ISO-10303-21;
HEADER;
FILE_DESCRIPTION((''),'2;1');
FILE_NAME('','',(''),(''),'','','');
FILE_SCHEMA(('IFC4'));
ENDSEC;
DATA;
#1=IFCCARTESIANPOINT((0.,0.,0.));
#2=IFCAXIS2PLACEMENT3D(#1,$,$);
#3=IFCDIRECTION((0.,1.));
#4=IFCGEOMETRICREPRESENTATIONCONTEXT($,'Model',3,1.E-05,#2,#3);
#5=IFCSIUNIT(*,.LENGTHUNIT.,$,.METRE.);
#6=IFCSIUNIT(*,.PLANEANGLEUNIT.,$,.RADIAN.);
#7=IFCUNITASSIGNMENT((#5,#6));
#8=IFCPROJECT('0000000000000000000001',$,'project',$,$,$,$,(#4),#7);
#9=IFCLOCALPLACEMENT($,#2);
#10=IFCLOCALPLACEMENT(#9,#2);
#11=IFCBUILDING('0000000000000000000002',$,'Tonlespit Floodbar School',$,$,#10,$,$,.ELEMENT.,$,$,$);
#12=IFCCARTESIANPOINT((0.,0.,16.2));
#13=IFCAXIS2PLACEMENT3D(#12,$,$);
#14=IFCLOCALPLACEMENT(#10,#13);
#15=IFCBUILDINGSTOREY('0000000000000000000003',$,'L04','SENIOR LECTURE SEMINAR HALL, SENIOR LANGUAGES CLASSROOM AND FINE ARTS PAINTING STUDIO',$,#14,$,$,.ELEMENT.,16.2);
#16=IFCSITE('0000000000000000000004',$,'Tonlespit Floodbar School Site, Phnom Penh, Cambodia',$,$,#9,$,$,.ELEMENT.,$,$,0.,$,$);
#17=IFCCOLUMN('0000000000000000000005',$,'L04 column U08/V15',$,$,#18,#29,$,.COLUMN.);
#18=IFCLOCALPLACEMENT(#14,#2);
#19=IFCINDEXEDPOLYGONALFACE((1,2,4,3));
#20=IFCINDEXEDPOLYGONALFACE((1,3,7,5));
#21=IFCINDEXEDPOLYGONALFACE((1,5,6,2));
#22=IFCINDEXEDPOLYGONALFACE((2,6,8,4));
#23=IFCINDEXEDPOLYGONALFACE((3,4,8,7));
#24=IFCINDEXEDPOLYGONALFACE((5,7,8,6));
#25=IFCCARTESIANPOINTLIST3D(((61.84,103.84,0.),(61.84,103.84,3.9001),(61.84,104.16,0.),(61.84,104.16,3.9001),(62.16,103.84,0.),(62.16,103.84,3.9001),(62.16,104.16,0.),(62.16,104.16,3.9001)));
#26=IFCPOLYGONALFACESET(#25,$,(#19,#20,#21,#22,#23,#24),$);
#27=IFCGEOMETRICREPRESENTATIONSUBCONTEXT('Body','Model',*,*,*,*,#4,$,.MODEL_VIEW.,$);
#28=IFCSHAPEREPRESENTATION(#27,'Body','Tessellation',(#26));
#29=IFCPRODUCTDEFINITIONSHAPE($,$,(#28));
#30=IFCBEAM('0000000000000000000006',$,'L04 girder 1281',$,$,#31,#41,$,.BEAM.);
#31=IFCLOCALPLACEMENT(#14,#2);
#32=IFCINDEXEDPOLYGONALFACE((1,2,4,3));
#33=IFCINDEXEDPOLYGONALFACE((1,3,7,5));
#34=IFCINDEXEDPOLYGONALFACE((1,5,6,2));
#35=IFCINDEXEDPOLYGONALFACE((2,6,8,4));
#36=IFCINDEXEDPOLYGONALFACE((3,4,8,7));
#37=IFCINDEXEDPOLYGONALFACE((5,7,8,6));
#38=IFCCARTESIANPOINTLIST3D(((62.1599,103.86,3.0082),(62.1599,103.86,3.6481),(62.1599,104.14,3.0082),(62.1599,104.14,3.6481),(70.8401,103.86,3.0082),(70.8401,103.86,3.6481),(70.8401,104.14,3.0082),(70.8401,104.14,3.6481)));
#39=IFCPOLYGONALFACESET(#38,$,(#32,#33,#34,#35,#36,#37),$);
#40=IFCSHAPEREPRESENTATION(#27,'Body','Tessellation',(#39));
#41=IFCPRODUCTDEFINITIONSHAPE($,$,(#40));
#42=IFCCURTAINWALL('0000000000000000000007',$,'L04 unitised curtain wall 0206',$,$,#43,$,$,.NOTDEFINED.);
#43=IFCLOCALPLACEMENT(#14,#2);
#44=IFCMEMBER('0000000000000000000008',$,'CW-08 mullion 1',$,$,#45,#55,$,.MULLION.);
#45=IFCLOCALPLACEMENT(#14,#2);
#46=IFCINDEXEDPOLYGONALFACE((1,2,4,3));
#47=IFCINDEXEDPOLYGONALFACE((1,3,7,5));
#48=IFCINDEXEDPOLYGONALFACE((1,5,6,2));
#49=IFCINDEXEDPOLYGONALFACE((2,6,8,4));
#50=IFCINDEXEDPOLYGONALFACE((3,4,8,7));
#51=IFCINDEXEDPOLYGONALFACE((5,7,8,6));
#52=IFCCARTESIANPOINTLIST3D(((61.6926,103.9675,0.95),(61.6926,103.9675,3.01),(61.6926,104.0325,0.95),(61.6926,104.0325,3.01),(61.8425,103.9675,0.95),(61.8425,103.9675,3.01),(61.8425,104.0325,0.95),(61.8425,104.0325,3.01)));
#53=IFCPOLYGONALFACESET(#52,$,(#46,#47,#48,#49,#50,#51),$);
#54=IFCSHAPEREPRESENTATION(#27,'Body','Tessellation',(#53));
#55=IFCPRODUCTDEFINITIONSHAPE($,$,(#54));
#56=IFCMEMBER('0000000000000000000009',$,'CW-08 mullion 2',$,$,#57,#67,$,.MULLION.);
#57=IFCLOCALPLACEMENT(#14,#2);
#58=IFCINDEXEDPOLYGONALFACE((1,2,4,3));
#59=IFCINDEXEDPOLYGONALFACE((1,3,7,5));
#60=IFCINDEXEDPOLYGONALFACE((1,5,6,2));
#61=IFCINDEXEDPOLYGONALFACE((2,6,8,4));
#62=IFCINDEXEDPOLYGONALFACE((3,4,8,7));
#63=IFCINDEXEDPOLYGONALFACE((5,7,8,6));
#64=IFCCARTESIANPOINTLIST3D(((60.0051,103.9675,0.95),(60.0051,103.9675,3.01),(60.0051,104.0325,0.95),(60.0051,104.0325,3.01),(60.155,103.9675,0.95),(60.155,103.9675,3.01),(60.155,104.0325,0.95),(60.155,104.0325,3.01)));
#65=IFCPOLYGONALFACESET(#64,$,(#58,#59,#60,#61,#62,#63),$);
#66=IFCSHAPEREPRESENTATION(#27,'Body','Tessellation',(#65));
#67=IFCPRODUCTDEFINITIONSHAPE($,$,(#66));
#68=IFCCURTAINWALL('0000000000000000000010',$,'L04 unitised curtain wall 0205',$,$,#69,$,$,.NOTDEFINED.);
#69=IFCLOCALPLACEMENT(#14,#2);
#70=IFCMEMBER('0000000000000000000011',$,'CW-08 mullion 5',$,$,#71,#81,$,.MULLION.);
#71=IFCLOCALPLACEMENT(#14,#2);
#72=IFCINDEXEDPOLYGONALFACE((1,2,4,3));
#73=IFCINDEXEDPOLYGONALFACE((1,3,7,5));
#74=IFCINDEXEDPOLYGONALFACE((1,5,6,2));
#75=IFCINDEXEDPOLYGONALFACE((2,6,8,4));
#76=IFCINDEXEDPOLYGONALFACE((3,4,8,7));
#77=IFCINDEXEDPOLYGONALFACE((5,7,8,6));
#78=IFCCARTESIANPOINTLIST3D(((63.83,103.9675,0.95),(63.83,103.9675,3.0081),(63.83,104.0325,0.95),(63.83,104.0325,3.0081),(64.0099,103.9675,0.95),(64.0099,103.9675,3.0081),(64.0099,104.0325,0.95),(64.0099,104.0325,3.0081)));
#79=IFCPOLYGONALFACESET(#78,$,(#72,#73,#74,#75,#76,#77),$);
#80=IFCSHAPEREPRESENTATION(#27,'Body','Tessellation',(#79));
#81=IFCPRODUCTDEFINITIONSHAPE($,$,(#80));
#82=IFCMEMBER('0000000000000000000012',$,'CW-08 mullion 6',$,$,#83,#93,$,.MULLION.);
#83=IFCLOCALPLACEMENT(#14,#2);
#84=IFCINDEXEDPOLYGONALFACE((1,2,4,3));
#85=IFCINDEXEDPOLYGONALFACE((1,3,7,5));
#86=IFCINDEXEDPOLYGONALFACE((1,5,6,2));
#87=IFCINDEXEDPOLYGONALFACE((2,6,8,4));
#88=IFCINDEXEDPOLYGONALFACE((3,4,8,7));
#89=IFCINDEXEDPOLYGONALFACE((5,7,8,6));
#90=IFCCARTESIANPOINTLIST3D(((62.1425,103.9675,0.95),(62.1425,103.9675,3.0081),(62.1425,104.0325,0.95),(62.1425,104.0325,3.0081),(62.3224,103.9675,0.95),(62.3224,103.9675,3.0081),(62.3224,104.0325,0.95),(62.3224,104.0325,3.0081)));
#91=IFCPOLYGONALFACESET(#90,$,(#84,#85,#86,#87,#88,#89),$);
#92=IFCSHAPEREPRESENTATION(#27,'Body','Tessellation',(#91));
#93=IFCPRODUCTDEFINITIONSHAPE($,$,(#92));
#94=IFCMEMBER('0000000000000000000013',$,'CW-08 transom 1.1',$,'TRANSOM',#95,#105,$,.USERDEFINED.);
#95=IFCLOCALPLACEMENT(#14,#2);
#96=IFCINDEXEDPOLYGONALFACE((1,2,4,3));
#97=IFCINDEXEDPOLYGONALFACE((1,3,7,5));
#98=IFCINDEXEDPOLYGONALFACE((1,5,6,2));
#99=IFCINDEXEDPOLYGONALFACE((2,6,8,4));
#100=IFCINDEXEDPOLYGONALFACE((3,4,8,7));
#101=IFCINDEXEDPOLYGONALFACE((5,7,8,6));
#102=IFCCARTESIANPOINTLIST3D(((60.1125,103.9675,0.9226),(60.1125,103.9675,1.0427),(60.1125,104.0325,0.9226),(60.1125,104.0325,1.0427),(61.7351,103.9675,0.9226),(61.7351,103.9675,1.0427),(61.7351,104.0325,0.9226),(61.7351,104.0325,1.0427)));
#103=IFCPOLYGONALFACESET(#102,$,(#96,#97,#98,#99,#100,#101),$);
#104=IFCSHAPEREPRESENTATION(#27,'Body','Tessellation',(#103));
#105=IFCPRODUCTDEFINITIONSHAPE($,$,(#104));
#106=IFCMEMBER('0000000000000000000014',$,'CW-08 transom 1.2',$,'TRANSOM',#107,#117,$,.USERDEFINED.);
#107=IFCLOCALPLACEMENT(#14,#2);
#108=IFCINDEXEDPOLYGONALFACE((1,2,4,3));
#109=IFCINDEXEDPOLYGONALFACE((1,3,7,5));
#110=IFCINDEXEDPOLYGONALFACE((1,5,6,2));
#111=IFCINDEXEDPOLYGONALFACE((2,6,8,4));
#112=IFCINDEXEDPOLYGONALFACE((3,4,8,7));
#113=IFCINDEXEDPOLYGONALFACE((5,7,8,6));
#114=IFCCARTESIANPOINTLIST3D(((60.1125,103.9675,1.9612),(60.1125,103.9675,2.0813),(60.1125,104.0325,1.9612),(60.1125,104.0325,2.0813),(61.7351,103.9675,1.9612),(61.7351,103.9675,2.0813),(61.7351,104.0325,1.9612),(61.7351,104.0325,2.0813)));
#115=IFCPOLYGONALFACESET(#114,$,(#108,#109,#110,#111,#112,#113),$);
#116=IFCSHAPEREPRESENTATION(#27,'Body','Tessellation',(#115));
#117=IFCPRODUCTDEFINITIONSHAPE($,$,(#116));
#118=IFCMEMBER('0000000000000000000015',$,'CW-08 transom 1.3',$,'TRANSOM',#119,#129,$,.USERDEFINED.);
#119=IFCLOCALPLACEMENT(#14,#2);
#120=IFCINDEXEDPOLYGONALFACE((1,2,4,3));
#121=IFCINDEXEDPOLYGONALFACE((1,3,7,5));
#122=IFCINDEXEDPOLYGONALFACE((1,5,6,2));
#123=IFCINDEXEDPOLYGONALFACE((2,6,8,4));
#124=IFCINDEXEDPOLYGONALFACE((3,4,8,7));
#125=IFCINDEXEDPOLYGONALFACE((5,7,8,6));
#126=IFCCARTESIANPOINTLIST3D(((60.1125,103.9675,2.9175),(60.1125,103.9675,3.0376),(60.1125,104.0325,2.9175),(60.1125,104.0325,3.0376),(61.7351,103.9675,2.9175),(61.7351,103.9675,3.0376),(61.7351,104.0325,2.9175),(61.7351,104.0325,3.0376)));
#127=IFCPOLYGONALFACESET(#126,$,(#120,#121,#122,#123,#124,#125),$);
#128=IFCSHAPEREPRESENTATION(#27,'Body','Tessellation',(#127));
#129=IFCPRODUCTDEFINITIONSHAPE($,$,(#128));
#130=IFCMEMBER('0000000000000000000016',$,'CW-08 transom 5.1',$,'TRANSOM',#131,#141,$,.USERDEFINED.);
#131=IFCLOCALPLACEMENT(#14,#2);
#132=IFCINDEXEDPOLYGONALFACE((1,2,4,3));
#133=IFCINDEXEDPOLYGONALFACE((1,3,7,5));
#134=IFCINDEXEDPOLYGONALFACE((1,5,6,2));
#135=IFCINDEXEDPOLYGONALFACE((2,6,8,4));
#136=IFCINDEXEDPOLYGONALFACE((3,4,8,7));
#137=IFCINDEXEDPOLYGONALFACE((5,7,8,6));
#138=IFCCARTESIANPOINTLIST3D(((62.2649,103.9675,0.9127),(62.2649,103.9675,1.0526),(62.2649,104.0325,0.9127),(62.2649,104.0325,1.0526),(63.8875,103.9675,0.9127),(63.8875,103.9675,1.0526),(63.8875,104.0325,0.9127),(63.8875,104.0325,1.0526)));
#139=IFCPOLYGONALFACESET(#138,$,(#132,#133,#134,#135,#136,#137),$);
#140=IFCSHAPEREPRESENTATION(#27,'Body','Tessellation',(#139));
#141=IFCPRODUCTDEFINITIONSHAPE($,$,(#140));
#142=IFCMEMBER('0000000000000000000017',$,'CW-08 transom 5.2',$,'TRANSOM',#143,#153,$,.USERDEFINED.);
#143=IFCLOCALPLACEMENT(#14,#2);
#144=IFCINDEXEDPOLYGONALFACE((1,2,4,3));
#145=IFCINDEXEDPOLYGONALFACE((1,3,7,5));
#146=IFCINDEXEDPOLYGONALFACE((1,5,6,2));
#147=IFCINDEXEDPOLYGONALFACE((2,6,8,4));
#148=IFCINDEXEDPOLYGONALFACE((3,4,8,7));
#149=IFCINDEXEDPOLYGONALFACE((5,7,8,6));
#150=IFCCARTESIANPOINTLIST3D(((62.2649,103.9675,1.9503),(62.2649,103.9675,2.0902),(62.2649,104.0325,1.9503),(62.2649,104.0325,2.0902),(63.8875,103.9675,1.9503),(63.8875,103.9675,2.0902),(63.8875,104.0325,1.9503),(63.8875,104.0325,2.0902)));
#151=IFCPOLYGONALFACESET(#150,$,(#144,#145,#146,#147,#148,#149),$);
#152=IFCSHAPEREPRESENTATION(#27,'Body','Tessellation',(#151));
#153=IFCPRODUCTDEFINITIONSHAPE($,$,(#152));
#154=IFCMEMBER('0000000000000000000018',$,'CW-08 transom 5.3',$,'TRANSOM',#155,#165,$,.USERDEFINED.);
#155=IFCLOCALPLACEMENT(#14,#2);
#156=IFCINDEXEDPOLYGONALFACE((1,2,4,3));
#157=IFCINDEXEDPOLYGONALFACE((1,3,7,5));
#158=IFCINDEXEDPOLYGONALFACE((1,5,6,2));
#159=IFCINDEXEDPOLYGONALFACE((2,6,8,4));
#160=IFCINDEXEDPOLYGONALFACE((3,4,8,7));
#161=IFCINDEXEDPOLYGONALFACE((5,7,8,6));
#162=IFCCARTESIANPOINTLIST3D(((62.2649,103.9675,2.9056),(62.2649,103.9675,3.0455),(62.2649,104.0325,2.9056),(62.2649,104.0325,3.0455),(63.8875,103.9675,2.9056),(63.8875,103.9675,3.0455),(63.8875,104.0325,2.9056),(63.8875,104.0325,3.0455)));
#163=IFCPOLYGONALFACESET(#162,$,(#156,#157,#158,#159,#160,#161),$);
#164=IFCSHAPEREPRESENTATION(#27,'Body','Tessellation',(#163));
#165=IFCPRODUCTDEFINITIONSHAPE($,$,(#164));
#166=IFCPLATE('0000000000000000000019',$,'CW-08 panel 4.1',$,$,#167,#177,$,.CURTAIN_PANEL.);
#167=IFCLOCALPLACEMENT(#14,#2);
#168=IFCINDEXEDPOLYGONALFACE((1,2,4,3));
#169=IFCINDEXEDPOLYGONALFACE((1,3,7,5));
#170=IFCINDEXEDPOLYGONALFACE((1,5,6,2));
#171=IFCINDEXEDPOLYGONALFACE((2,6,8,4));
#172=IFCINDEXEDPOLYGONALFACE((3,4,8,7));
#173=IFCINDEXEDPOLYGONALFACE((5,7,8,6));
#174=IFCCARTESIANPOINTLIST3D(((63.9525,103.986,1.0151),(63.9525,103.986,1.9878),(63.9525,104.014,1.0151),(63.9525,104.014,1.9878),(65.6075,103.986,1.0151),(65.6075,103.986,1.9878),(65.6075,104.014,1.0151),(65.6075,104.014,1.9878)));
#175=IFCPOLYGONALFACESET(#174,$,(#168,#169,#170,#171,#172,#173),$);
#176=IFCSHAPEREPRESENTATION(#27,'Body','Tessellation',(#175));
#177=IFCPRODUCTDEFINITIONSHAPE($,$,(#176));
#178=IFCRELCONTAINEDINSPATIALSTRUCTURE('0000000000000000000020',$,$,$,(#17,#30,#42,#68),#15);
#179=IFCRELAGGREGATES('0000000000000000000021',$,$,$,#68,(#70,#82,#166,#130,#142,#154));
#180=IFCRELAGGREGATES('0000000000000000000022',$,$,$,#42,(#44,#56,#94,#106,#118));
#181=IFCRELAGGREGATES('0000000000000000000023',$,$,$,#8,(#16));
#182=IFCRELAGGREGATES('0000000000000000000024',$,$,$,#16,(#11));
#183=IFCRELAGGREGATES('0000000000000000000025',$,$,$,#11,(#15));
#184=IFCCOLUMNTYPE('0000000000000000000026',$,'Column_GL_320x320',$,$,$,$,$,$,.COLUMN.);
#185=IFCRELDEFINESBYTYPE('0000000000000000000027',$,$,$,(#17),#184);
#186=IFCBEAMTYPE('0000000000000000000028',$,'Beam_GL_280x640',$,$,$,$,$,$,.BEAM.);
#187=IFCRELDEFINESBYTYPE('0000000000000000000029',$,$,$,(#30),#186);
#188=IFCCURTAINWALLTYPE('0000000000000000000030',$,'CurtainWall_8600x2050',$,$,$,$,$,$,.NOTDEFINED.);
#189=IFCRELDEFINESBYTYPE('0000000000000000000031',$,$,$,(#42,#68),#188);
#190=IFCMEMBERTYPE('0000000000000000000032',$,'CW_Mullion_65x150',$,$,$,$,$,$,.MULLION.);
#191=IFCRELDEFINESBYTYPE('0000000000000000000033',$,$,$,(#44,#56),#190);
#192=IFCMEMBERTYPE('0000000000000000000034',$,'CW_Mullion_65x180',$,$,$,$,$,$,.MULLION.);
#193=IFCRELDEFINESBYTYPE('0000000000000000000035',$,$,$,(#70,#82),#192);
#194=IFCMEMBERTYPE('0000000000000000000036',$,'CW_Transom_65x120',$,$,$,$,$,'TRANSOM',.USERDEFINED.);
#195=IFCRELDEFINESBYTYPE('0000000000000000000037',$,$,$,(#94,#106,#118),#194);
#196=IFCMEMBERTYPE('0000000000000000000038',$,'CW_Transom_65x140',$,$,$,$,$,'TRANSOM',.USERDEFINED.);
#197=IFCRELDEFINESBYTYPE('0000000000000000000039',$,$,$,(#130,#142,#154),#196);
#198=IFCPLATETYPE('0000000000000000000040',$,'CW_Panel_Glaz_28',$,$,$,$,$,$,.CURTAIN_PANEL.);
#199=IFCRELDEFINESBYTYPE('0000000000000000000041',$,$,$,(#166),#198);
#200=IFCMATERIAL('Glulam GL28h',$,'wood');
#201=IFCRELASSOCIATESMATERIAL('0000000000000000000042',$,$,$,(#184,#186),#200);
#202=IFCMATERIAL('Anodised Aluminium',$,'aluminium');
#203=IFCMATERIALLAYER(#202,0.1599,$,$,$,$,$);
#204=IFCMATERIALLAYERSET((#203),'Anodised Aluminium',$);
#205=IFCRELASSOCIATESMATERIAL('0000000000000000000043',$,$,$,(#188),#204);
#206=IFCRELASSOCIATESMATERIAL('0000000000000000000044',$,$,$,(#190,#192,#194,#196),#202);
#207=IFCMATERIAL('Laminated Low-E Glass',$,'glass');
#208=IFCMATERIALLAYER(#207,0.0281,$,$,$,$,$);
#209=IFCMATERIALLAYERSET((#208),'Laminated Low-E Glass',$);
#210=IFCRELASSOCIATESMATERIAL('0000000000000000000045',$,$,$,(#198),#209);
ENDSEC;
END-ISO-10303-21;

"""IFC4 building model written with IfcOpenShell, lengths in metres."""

from ifc_helpers import new_model, si_unit, direction, frame, origin, origin_2d, place, context, subcontext, project, spatial, rectangle, extrude, material, layer, layer_set, material_profile, profile_set, type_object, element, aggregate, save


model = new_model("IFC4")

# Units and contexts
model_context = context("Model", 3, precision=1e-05, world=origin(), true_north=direction((0.0, 1.0)))
body_context = subcontext(model_context, "Body", "Model", "MODEL_VIEW")
ifc_project = project(units=[si_unit("LENGTHUNIT", "METRE"), si_unit("PLANEANGLEUNIT", "RADIAN")], contexts=[model_context])

# Site, building, storey
site_placement = place(None, origin())
site = spatial("IfcSite", under=ifc_project, at=site_placement, Name="Tonlespit Floodbar School Site, Phnom Penh, Cambodia", CompositionType="ELEMENT", RefElevation=0.0)
building_placement = place(site_placement, origin())
building = spatial("IfcBuilding", under=site, at=building_placement, Name="Tonlespit Floodbar School", CompositionType="ELEMENT")
storey_placement = place(building_placement, frame((0.0, 0.0, 16.2)))
storey = spatial("IfcBuildingStorey", under=building, at=storey_placement, Name="L04", Description="SENIOR LECTURE SEMINAR HALL, SENIOR LANGUAGES CLASSROOM AND FINE ARTS PAINTING STUDIO", CompositionType="ELEMENT", Elevation=16.2)

# Column
ifc_material_1 = material(Name="Glulam GL28h", Category="wood")
ifc_material_profile_1 = material_profile(ifc_material_1, rectangle(XDim=0.3201, YDim=0.3201, at=origin_2d()), Name="GL 320x320")
ifc_profile_set_1 = profile_set([ifc_material_profile_1], Name="Glulam GL28h")
column_type = type_object("IfcColumnType", Name="Column_GL_320x320", PredefinedType="COLUMN", material=ifc_profile_set_1)
column_placement = place(storey_placement, frame((62.0, 104.0, 0.0), z_axis=(0.0, 0.0, 1.0), x_axis=(1.0, 0.0, 0.0)))
element("IfcColumn", 1, at=column_placement, inside=storey, type_object=column_type, Name="L04 column U08/V15", PredefinedType="COLUMN", context=body_context, shape_type="SweptSolid", body=[
    extrude(rectangle(XDim=0.3201, YDim=0.3201, at=origin_2d()), origin(), (0.0, 0.0, 1.0), 3.9001),
])

# Beam
ifc_material_profile_2 = material_profile(ifc_material_1, rectangle(XDim=0.28, YDim=0.6399, at=origin_2d()), Name="GL 280x640")
ifc_profile_set_2 = profile_set([ifc_material_profile_2], Name="Glulam GL28h")
beam_type = type_object("IfcBeamType", Name="Beam_GL_280x640", PredefinedType="BEAM", material=ifc_profile_set_2)
beam_placement = place(storey_placement, frame((62.1599, 104.0, 3.3281), z_axis=(1.0, 0.0, 0.0), x_axis=(0.0, 1.0, 0.0)))
element("IfcBeam", 2, at=beam_placement, inside=storey, type_object=beam_type, Name="L04 girder 1281", PredefinedType="BEAM", context=body_context, shape_type="SweptSolid", body=[
    extrude(rectangle(XDim=0.28, YDim=0.6399, at=origin_2d()), origin(), (0.0, 0.0, 1.0), 8.6802),
])

# Curtain walls, members
ifc_material_2 = material(Name="Anodised Aluminium", Category="aluminium")
ifc_layer_1 = layer(ifc_material_2, 0.1599)
ifc_layer_set_1 = layer_set([ifc_layer_1], Name="Anodised Aluminium")
curtain_wall_type = type_object("IfcCurtainWallType", Name="CurtainWall_8600x2050", PredefinedType="NOTDEFINED", material=ifc_layer_set_1)
curtain_wall_1_placement = place(storey_placement, origin())
curtain_wall_1 = element("IfcCurtainWall", 3, at=curtain_wall_1_placement, inside=storey, type_object=curtain_wall_type, Name="L04 unitised curtain wall 0206", PredefinedType="NOTDEFINED")
ifc_material_profile_3 = material_profile(ifc_material_2, rectangle(XDim=0.0649, YDim=0.1499, at=origin_2d()), Name="ALU M65x150")
ifc_profile_set_3 = profile_set([ifc_material_profile_3], Name="Anodised Aluminium")
member_type_1 = type_object("IfcMemberType", Name="CW_Mullion_65x150", PredefinedType="MULLION", material=ifc_profile_set_3)
member_1_placement = place(storey_placement, frame((61.7676, 104.0, 0.95), z_axis=(0.0, 0.0, 1.0), x_axis=(0.0, -1.0, 0.0)))
member_1 = element("IfcMember", 4, at=member_1_placement, type_object=member_type_1, Name="CW-08 mullion 1", PredefinedType="MULLION", context=body_context, shape_type="SweptSolid", body=[
    extrude(rectangle(XDim=0.0649, YDim=0.1499, at=origin_2d()), origin(), (0.0, 0.0, 1.0), 2.0601),
])
member_2_placement = place(storey_placement, frame((60.0801, 104.0, 0.95), z_axis=(0.0, 0.0, 1.0), x_axis=(0.0, -1.0, 0.0)))
member_2 = element("IfcMember", 5, at=member_2_placement, type_object=member_type_1, Name="CW-08 mullion 2", PredefinedType="MULLION", context=body_context, shape_type="SweptSolid", body=[
    extrude(rectangle(XDim=0.0649, YDim=0.1499, at=origin_2d()), origin(), (0.0, 0.0, 1.0), 2.0601),
])
curtain_wall_2_placement = place(storey_placement, origin())
curtain_wall_2 = element("IfcCurtainWall", 6, at=curtain_wall_2_placement, inside=storey, type_object=curtain_wall_type, Name="L04 unitised curtain wall 0205", PredefinedType="NOTDEFINED")
ifc_material_profile_4 = material_profile(ifc_material_2, rectangle(XDim=0.0649, YDim=0.1799, at=origin_2d()), Name="ALU M65x180")
ifc_profile_set_4 = profile_set([ifc_material_profile_4], Name="Anodised Aluminium")
member_type_2 = type_object("IfcMemberType", Name="CW_Mullion_65x180", PredefinedType="MULLION", material=ifc_profile_set_4)
member_3_placement = place(storey_placement, frame((63.9199, 104.0, 0.95), z_axis=(0.0, 0.0, 1.0), x_axis=(0.0, -1.0, 0.0)))
member_3 = element("IfcMember", 7, at=member_3_placement, type_object=member_type_2, Name="CW-08 mullion 5", PredefinedType="MULLION", context=body_context, shape_type="SweptSolid", body=[
    extrude(rectangle(XDim=0.0649, YDim=0.1799, at=origin_2d()), origin(), (0.0, 0.0, 1.0), 2.0581),
])
member_4_placement = place(storey_placement, frame((62.2324, 104.0, 0.95), z_axis=(0.0, 0.0, 1.0), x_axis=(0.0, -1.0, 0.0)))
member_4 = element("IfcMember", 8, at=member_4_placement, type_object=member_type_2, Name="CW-08 mullion 6", PredefinedType="MULLION", context=body_context, shape_type="SweptSolid", body=[
    extrude(rectangle(XDim=0.0649, YDim=0.1799, at=origin_2d()), origin(), (0.0, 0.0, 1.0), 2.0581),
])

# Members
ifc_material_profile_5 = material_profile(ifc_material_2, rectangle(XDim=0.0649, YDim=0.1201, at=origin_2d()), Name="ALU T65x120")
ifc_profile_set_5 = profile_set([ifc_material_profile_5], Name="Anodised Aluminium")
member_type_3 = type_object("IfcMemberType", Name="CW_Transom_65x120", ElementType="TRANSOM", PredefinedType="USERDEFINED", material=ifc_profile_set_5)
member_5_placement = place(storey_placement, frame((61.7351, 104.0, 0.9827), z_axis=(-1.0, 0.0, 0.0), x_axis=(0.0, -1.0, 0.0)))
member_5 = element("IfcMember", 9, at=member_5_placement, type_object=member_type_3, Name="CW-08 transom 1.1", ObjectType="TRANSOM", PredefinedType="USERDEFINED", context=body_context, shape_type="SweptSolid", body=[
    extrude(rectangle(XDim=0.0649, YDim=0.1201, at=origin_2d()), origin(), (0.0, 0.0, 1.0), 1.6226),
])
member_6_placement = place(storey_placement, frame((61.7351, 104.0, 2.0212), z_axis=(-1.0, 0.0, 0.0), x_axis=(0.0, -1.0, 0.0)))
member_6 = element("IfcMember", 10, at=member_6_placement, type_object=member_type_3, Name="CW-08 transom 1.2", ObjectType="TRANSOM", PredefinedType="USERDEFINED", context=body_context, shape_type="SweptSolid", body=[
    extrude(rectangle(XDim=0.0649, YDim=0.1201, at=origin_2d()), origin(), (0.0, 0.0, 1.0), 1.6226),
])
member_7_placement = place(storey_placement, frame((61.7351, 104.0, 2.9775), z_axis=(-1.0, 0.0, 0.0), x_axis=(0.0, -1.0, 0.0)))
member_7 = element("IfcMember", 11, at=member_7_placement, type_object=member_type_3, Name="CW-08 transom 1.3", ObjectType="TRANSOM", PredefinedType="USERDEFINED", context=body_context, shape_type="SweptSolid", body=[
    extrude(rectangle(XDim=0.0649, YDim=0.1201, at=origin_2d()), origin(), (0.0, 0.0, 1.0), 1.6226),
])
ifc_material_profile_6 = material_profile(ifc_material_2, rectangle(XDim=0.0649, YDim=0.1399, at=origin_2d()), Name="ALU T65x140")
ifc_profile_set_6 = profile_set([ifc_material_profile_6], Name="Anodised Aluminium")
member_type_4 = type_object("IfcMemberType", Name="CW_Transom_65x140", ElementType="TRANSOM", PredefinedType="USERDEFINED", material=ifc_profile_set_6)
member_8_placement = place(storey_placement, frame((63.8875, 104.0, 0.9827), z_axis=(-1.0, 0.0, 0.0), x_axis=(0.0, -1.0, 0.0)))
member_8 = element("IfcMember", 12, at=member_8_placement, type_object=member_type_4, Name="CW-08 transom 5.1", ObjectType="TRANSOM", PredefinedType="USERDEFINED", context=body_context, shape_type="SweptSolid", body=[
    extrude(rectangle(XDim=0.0649, YDim=0.1399, at=origin_2d()), origin(), (0.0, 0.0, 1.0), 1.6226),
])
member_9_placement = place(storey_placement, frame((63.8875, 104.0, 2.0203), z_axis=(-1.0, 0.0, 0.0), x_axis=(0.0, -1.0, 0.0)))
member_9 = element("IfcMember", 13, at=member_9_placement, type_object=member_type_4, Name="CW-08 transom 5.2", ObjectType="TRANSOM", PredefinedType="USERDEFINED", context=body_context, shape_type="SweptSolid", body=[
    extrude(rectangle(XDim=0.0649, YDim=0.1399, at=origin_2d()), origin(), (0.0, 0.0, 1.0), 1.6226),
])
member_10_placement = place(storey_placement, frame((63.8875, 104.0, 2.9756), z_axis=(-1.0, 0.0, 0.0), x_axis=(0.0, -1.0, 0.0)))
member_10 = element("IfcMember", 14, at=member_10_placement, type_object=member_type_4, Name="CW-08 transom 5.3", ObjectType="TRANSOM", PredefinedType="USERDEFINED", context=body_context, shape_type="SweptSolid", body=[
    extrude(rectangle(XDim=0.0649, YDim=0.1399, at=origin_2d()), origin(), (0.0, 0.0, 1.0), 1.6226),
])

# Plate
ifc_material_3 = material(Name="Laminated Low-E Glass", Category="glass")
ifc_layer_2 = layer(ifc_material_3, 0.0281)
ifc_layer_set_2 = layer_set([ifc_layer_2], Name="Laminated Low-E Glass")
plate_type_1 = type_object("IfcPlateType", Name="CW_Panel_Glaz_28", PredefinedType="CURTAIN_PANEL", material=ifc_layer_set_2)
plate_1_placement = place(storey_placement, frame((64.78, 104.0, 1.0151), z_axis=(0.0, 0.0, 1.0), x_axis=(-1.0, 0.0, 0.0)))
plate_1 = element("IfcPlate", 15, at=plate_1_placement, type_object=plate_type_1, Name="CW-08 panel 4.1", PredefinedType="CURTAIN_PANEL", context=body_context, shape_type="SweptSolid", body=[
    extrude(rectangle(XDim=1.655, YDim=0.0281, at=origin_2d()), origin(), (0.0, 0.0, 1.0), 0.9727),
])
aggregate(curtain_wall_2, [member_3, member_4, plate_1, member_8, member_9, member_10])
aggregate(curtain_wall_1, [member_1, member_2, member_5, member_6, member_7])

save(model, "model.ifc")
